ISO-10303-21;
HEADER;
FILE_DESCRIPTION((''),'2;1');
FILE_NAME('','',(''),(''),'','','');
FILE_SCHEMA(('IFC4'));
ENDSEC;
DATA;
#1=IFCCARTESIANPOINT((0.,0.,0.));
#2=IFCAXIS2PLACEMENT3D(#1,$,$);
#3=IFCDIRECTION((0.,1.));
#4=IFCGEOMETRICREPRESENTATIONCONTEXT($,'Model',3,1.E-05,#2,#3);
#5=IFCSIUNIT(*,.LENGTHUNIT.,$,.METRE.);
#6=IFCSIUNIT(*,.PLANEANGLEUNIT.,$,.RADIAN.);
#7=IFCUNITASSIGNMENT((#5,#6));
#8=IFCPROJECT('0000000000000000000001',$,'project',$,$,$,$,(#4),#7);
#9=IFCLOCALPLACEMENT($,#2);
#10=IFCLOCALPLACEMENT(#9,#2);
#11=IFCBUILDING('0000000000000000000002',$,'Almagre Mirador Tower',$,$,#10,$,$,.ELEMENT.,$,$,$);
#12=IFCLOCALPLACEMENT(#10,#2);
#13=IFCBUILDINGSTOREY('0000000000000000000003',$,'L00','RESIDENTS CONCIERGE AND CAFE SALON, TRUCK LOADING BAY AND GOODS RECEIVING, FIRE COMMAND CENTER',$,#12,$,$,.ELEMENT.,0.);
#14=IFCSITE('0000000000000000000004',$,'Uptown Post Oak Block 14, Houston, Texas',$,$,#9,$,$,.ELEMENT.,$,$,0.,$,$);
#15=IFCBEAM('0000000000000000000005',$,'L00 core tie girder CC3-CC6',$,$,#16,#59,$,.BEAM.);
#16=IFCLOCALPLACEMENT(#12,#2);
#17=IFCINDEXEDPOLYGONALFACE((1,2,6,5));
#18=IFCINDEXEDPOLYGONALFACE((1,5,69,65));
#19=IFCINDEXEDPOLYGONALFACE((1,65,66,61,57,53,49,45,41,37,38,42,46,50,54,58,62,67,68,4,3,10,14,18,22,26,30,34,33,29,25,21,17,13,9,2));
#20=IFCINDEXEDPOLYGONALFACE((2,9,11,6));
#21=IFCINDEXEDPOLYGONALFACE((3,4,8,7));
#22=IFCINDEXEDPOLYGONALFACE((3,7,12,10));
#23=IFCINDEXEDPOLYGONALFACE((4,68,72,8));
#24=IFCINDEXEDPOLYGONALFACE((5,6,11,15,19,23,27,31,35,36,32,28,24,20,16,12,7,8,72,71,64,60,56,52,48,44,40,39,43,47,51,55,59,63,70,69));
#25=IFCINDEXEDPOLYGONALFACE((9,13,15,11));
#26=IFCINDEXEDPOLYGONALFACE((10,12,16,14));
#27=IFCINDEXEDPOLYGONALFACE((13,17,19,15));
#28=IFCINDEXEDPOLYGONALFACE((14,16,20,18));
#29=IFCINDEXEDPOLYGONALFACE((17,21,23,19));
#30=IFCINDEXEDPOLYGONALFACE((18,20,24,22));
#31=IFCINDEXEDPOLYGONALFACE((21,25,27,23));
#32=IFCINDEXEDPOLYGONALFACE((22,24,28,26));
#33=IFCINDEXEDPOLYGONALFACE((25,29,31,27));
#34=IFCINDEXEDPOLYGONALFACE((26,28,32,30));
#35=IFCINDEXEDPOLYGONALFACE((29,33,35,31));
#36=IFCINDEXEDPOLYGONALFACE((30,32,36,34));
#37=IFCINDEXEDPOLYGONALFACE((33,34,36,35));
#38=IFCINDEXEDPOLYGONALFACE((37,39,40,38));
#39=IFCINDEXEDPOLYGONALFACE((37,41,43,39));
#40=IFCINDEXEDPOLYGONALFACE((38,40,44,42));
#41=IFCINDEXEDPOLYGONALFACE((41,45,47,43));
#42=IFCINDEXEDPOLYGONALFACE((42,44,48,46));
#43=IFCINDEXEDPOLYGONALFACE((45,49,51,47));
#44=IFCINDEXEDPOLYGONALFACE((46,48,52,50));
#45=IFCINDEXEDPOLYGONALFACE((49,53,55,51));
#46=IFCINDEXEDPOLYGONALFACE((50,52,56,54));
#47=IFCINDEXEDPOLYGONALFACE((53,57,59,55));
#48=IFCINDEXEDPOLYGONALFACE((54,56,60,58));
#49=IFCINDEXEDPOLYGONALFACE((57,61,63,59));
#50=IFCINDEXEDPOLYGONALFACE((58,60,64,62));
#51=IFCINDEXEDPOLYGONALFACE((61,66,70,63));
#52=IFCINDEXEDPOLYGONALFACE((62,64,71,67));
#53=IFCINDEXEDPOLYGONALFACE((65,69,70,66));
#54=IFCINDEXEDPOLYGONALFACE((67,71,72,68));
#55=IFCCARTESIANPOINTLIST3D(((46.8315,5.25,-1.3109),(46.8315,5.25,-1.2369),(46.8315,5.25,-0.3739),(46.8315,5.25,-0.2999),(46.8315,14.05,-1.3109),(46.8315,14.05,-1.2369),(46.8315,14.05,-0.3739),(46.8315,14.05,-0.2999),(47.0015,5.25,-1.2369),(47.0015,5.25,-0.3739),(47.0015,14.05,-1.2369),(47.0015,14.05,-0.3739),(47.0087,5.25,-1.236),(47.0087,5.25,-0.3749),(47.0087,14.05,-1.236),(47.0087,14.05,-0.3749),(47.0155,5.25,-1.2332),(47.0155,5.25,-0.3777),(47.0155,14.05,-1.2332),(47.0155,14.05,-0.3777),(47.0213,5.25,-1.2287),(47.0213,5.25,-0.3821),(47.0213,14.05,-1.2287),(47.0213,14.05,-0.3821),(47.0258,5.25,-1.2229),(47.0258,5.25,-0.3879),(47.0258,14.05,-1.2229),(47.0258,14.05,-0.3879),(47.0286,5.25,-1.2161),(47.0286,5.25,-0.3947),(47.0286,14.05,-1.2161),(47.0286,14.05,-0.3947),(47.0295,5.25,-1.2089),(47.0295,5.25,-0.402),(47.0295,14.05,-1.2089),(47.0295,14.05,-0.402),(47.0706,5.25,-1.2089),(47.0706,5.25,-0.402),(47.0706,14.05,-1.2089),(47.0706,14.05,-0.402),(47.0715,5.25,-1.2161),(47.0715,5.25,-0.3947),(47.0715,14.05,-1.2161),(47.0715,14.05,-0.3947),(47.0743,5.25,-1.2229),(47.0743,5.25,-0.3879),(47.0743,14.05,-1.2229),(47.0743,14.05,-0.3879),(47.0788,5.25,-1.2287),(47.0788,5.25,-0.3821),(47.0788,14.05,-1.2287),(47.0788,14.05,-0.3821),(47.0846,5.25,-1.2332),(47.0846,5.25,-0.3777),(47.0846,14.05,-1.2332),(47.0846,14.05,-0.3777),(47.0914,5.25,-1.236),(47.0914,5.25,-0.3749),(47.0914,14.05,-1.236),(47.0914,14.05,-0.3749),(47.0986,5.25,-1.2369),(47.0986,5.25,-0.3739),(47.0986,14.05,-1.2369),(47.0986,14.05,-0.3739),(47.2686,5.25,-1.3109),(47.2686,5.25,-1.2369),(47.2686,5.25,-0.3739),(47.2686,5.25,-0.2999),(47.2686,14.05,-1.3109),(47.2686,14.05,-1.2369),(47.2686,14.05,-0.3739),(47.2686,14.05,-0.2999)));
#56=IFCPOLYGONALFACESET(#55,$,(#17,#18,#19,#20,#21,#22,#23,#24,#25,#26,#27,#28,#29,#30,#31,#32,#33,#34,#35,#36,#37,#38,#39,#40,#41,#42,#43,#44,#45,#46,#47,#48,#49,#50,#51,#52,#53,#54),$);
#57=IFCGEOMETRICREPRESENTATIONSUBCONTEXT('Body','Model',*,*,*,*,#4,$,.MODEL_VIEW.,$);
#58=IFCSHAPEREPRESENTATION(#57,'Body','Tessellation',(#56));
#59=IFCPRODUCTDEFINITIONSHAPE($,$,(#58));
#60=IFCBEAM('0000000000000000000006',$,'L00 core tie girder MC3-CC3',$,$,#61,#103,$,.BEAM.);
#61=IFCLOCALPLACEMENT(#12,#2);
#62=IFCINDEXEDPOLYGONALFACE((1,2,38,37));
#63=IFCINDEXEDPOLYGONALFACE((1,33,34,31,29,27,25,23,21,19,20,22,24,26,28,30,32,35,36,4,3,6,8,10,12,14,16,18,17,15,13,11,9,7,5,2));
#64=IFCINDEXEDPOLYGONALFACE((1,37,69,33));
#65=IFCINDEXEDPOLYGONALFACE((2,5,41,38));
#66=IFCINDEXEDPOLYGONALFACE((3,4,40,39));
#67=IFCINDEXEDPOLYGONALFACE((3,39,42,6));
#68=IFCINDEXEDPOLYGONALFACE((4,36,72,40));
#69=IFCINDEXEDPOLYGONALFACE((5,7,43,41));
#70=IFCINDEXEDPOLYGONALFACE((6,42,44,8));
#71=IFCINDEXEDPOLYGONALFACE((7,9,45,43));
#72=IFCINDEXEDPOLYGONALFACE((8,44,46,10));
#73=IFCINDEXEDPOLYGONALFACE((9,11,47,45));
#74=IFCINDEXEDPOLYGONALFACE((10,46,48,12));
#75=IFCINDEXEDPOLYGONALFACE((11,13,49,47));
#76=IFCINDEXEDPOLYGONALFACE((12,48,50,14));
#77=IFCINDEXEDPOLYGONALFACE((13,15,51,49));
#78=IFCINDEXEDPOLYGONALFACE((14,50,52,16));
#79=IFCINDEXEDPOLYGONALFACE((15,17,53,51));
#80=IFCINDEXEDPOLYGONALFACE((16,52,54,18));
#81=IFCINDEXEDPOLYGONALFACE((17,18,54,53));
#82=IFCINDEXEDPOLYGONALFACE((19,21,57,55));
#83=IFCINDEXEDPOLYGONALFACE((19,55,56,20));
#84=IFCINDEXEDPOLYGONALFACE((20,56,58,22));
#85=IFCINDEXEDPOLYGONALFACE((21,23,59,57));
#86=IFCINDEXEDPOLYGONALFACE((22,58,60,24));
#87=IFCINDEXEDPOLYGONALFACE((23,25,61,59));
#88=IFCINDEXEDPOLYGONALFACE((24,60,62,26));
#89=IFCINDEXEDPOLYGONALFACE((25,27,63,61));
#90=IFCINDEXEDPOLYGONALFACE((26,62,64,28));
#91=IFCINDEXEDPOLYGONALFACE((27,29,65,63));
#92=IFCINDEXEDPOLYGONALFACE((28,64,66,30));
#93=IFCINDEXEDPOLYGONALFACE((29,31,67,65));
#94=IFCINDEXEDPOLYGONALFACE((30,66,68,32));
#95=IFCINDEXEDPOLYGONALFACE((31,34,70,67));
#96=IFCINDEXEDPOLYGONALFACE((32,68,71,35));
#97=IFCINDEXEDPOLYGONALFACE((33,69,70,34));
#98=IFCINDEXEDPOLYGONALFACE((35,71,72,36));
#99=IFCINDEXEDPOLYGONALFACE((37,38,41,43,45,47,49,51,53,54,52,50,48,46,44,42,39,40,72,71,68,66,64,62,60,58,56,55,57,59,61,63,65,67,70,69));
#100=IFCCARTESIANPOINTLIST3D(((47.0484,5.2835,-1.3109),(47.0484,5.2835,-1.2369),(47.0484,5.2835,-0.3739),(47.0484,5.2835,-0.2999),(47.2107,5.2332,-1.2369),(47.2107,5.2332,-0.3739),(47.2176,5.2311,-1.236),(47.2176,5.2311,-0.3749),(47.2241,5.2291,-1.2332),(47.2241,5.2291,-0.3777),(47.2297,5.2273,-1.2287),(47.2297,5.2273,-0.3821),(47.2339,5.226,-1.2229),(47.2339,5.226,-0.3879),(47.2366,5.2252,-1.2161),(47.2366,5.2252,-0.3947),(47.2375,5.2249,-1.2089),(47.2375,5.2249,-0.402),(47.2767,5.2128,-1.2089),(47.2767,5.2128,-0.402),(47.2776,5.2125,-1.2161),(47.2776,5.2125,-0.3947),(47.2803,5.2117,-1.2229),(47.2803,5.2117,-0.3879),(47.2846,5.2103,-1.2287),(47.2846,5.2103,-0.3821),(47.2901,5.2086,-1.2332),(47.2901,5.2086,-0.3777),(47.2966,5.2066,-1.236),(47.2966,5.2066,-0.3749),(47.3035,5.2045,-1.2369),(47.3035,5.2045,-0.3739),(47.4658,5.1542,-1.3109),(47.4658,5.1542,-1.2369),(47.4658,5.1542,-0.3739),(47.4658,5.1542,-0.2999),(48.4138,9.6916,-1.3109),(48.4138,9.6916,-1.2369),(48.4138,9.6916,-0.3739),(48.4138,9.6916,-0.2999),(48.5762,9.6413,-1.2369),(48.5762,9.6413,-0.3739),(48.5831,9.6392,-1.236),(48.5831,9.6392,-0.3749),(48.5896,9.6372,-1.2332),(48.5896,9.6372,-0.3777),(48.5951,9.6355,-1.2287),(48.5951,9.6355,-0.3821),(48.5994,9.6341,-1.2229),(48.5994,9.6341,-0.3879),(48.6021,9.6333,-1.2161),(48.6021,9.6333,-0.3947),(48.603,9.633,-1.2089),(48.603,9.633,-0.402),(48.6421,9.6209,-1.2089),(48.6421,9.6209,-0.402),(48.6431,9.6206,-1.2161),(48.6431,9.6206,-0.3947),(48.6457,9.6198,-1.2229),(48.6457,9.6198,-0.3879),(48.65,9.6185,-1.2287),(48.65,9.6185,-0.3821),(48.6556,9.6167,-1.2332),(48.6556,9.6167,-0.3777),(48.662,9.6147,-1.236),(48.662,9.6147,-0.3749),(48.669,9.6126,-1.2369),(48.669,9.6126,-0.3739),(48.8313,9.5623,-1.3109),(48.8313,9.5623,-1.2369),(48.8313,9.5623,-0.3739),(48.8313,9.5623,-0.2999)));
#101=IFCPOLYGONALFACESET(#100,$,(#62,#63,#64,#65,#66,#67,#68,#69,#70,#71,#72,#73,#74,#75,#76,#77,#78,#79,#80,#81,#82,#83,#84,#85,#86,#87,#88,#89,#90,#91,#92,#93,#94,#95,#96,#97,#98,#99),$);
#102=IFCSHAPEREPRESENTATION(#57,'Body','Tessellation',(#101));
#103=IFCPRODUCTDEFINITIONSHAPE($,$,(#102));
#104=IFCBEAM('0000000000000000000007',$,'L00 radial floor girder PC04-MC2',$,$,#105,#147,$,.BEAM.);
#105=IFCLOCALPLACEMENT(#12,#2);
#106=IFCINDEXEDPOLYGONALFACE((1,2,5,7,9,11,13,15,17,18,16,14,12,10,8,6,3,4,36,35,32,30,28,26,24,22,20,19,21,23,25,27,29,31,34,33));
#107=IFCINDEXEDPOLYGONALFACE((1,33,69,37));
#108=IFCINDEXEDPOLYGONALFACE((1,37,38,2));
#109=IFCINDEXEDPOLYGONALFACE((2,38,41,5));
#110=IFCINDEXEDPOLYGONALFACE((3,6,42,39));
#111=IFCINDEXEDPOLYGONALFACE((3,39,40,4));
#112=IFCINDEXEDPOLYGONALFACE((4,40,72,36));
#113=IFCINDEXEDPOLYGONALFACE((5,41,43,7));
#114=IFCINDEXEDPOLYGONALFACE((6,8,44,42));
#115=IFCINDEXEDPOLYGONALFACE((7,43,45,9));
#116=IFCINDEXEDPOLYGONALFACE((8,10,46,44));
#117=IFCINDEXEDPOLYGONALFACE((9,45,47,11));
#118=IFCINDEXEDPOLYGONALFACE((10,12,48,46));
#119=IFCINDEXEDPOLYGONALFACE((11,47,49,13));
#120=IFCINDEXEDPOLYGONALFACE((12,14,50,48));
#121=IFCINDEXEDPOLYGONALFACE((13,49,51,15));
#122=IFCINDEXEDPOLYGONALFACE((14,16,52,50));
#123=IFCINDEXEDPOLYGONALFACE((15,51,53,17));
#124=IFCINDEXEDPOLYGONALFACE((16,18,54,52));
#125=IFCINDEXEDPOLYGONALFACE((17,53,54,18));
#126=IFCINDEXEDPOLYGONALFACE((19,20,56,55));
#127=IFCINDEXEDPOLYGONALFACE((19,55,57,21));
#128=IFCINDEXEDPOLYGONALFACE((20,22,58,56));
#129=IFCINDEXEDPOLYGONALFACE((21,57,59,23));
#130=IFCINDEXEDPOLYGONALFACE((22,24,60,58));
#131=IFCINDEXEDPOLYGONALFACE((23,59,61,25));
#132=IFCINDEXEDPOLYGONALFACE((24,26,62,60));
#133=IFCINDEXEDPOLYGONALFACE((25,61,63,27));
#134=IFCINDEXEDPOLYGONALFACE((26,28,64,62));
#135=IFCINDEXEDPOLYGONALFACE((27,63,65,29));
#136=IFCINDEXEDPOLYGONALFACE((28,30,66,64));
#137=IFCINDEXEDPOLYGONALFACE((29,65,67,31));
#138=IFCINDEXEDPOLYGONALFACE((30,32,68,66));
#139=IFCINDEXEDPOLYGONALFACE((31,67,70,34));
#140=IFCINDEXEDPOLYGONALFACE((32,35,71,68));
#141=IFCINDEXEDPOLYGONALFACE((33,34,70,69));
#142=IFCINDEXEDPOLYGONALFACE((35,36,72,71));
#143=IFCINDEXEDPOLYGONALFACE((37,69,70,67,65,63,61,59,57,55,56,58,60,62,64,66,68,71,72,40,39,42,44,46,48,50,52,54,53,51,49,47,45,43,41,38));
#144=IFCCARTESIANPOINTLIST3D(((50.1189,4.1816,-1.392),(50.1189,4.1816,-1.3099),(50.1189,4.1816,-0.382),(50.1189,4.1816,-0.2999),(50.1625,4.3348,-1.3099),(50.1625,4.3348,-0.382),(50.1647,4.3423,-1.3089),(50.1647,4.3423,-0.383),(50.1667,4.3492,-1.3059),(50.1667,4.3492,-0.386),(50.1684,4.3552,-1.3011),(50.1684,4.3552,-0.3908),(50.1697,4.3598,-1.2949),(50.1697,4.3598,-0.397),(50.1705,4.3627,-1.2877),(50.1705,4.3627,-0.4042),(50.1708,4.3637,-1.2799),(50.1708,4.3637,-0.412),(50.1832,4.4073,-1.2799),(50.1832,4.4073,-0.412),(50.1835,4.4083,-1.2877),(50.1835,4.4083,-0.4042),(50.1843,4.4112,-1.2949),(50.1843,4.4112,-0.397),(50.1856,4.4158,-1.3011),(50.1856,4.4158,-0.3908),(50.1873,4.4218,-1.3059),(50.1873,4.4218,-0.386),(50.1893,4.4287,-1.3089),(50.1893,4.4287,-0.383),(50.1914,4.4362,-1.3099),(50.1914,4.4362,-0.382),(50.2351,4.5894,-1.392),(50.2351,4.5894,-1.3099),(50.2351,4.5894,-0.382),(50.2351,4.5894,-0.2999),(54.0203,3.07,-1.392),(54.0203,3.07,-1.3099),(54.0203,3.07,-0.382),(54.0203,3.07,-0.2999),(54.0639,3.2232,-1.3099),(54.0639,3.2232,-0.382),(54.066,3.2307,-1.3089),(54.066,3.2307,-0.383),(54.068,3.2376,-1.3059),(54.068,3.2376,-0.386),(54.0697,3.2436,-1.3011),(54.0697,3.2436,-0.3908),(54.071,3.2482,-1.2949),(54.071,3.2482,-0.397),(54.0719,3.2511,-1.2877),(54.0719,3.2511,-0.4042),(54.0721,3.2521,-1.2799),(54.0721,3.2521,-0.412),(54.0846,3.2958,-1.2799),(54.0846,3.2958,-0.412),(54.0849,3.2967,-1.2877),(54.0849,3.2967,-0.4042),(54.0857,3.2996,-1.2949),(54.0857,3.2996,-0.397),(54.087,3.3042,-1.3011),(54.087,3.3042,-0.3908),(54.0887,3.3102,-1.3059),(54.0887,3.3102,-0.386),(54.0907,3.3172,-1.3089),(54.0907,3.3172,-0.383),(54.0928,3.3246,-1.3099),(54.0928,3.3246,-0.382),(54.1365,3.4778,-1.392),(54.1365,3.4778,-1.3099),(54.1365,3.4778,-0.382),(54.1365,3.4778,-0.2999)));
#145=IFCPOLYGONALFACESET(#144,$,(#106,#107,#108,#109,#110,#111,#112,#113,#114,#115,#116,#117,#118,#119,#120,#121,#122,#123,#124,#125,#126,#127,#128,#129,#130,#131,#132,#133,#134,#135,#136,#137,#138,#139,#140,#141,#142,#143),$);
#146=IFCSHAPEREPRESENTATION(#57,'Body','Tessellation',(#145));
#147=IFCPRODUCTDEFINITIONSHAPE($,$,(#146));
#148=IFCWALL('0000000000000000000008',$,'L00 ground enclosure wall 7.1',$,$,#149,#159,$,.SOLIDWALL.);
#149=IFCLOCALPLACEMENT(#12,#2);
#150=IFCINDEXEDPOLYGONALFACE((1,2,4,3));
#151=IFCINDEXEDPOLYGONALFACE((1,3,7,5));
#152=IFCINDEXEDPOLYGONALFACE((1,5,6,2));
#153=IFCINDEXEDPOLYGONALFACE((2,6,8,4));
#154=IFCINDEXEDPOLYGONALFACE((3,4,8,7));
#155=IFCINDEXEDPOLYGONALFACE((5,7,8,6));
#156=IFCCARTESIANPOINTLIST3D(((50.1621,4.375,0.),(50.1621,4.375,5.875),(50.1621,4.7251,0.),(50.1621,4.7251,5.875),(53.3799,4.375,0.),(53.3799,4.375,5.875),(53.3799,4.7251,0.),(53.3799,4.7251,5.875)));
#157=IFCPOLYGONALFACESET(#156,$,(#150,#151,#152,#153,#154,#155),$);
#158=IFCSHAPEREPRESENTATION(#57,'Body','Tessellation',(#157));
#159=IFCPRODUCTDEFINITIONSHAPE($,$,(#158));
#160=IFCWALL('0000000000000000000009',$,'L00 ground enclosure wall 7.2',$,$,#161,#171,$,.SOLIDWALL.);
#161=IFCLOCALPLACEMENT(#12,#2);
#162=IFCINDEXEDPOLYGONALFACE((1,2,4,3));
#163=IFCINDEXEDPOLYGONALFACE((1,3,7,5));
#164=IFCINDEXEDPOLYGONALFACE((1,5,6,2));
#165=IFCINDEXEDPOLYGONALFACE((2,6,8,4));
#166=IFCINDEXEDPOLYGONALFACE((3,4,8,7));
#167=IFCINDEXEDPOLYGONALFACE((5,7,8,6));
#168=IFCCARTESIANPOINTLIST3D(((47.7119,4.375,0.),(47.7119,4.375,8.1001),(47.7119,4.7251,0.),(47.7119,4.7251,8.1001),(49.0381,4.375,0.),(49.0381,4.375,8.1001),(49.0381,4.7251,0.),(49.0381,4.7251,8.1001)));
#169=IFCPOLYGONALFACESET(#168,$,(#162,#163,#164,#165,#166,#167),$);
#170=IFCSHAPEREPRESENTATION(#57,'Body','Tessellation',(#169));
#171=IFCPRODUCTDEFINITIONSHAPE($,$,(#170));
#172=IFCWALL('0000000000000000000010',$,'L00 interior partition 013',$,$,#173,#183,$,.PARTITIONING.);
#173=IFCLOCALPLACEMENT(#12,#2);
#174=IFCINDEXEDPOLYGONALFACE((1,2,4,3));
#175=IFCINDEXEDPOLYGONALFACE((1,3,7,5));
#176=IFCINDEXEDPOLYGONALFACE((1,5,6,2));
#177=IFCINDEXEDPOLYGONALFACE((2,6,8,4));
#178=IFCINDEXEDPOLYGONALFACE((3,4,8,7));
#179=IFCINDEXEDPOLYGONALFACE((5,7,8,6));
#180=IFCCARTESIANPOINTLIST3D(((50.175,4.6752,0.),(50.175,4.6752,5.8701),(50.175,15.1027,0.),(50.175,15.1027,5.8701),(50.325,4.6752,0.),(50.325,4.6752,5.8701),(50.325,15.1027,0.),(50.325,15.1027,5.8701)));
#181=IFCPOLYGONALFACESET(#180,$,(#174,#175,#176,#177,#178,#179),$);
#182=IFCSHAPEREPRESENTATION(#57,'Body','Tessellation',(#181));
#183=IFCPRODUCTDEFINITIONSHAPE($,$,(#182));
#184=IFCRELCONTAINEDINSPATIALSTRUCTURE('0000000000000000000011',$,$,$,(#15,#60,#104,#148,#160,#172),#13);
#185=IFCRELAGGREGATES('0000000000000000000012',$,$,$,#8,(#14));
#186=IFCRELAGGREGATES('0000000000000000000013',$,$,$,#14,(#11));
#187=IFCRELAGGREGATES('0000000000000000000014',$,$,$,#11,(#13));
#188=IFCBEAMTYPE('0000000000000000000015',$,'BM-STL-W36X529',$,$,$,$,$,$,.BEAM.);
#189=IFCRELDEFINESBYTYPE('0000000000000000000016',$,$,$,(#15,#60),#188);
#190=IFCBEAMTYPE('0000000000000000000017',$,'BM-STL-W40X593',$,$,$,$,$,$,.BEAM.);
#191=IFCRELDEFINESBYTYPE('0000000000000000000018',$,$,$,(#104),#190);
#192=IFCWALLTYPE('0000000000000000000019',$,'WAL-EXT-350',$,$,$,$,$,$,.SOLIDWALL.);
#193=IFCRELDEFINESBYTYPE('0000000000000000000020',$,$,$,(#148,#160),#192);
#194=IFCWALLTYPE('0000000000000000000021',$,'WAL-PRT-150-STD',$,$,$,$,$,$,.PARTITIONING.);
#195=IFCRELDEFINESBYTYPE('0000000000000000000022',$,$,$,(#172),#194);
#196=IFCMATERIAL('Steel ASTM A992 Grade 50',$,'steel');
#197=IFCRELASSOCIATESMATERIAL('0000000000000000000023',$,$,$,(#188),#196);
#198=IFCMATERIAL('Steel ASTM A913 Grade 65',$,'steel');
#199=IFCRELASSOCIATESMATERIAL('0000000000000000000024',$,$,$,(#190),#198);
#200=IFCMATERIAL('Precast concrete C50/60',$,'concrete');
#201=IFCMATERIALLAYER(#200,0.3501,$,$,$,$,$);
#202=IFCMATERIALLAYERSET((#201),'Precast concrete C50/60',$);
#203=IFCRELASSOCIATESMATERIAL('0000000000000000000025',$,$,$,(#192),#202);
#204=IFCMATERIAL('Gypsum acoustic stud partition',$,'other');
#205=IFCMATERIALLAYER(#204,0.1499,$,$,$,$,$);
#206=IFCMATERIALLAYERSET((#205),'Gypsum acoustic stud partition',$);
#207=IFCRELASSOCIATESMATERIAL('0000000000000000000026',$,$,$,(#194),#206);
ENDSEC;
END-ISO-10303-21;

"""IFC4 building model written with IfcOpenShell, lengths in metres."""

from ifc_helpers import new_model, si_unit, direction, frame, frame_2d, origin, origin_2d, place, context, subcontext, project, spatial, rectangle, i_section, extrude, material, layer, layer_set, material_profile, profile_set, type_object, element, save


model = new_model("IFC4")

# Units and contexts
model_context = context("Model", 3, precision=1e-05, world=origin(), true_north=direction((0.0, 1.0)))
body_context = subcontext(model_context, "Body", "Model", "MODEL_VIEW")
ifc_project = project(units=[si_unit("LENGTHUNIT", "METRE"), si_unit("PLANEANGLEUNIT", "RADIAN")], contexts=[model_context])

# Site, building, storey
site_placement = place(None, origin())
site = spatial("IfcSite", under=ifc_project, at=site_placement, Name="Uptown Post Oak Block 14, Houston, Texas", CompositionType="ELEMENT", RefElevation=0.0)
building_placement = place(site_placement, origin())
building = spatial("IfcBuilding", under=site, at=building_placement, Name="Almagre Mirador Tower", CompositionType="ELEMENT")
storey_placement = place(building_placement, origin())
storey = spatial("IfcBuildingStorey", under=building, at=storey_placement, Name="L00", Description="RESIDENTS CONCIERGE AND CAFE SALON, TRUCK LOADING BAY AND GOODS RECEIVING, FIRE COMMAND CENTER", CompositionType="ELEMENT", Elevation=0.0)

# Beams
ifc_material_1 = material(Name="Steel ASTM A992 Grade 50", Category="steel")
ifc_material_profile_1 = material_profile(ifc_material_1, i_section(OverallWidth=0.437, OverallDepth=1.011, WebThickness=0.041, FlangeThickness=0.074, FilletRadius=0.0281, at=origin_2d()), Name="W36X529")
ifc_profile_set_1 = profile_set([ifc_material_profile_1], Name="Steel ASTM A992 Grade 50")
beam_type_1 = type_object("IfcBeamType", Name="BM-STL-W36X529", PredefinedType="BEAM", material=ifc_profile_set_1)
beam_1_placement = place(storey_placement, frame((47.05, 5.25, -0.8054), z_axis=(0.0, 1.0, 0.0), x_axis=(-1.0, 0.0, 0.0)))
element("IfcBeam", 1, at=beam_1_placement, inside=storey, type_object=beam_type_1, Name="L00 core tie girder CC3-CC6", PredefinedType="BEAM", context=body_context, shape_type="SweptSolid", body=[
    extrude(i_section(OverallWidth=0.437, OverallDepth=1.011, WebThickness=0.041, FlangeThickness=0.074, FilletRadius=0.0281, at=origin_2d()), origin(), (0.0, 0.0, 1.0), 8.8),
])
beam_2_placement = place(storey_placement, frame((48.6226, 9.627, -0.8054), z_axis=(-0.295888, -0.955223, 0.0), x_axis=(0.955223, -0.295888, 0.0)))
element("IfcBeam", 2, at=beam_2_placement, inside=storey, type_object=beam_type_1, Name="L00 core tie girder MC3-CC3", PredefinedType="BEAM", context=body_context, shape_type="SweptSolid", body=[
    extrude(i_section(OverallWidth=0.437, OverallDepth=1.011, WebThickness=0.041, FlangeThickness=0.074, FilletRadius=0.0281, at=origin_2d()), origin(), (0.0, 0.0, 1.0), 4.6147),
])
ifc_material_2 = material(Name="Steel ASTM A913 Grade 65", Category="steel")
ifc_material_profile_2 = material_profile(ifc_material_2, i_section(OverallWidth=0.4241, OverallDepth=1.092, WebThickness=0.0454, FlangeThickness=0.082, FilletRadius=0.03, at=origin_2d()), Name="W40X593")
ifc_profile_set_2 = profile_set([ifc_material_profile_2], Name="Steel ASTM A913 Grade 65")
beam_type_2 = type_object("IfcBeamType", Name="BM-STL-W40X593", PredefinedType="BEAM", material=ifc_profile_set_2)
beam_3_placement = place(storey_placement, frame((54.0784, 3.2739, -0.8459), z_axis=(-0.961726, 0.274014, 0.0), x_axis=(-0.274014, -0.961726, 0.0)))
element("IfcBeam", 3, at=beam_3_placement, inside=storey, type_object=beam_type_2, Name="L00 radial floor girder PC04-MC2", PredefinedType="BEAM", context=body_context, shape_type="SweptSolid", body=[
    extrude(i_section(OverallWidth=0.4241, OverallDepth=1.092, WebThickness=0.0454, FlangeThickness=0.082, FilletRadius=0.03, at=origin_2d()), origin(), (0.0, 0.0, 1.0), 4.0566),
])

# Walls
ifc_material_3 = material(Name="Precast concrete C50/60", Category="concrete")
ifc_layer_1 = layer(ifc_material_3, 0.3501)
ifc_layer_set_1 = layer_set([ifc_layer_1], Name="Precast concrete C50/60")
wall_type_1 = type_object("IfcWallType", Name="WAL-EXT-350", PredefinedType="SOLIDWALL", material=ifc_layer_set_1)
wall_1_placement = place(storey_placement, frame((53.3799, 4.55, 0.0), z_axis=(0.0, 0.0, 1.0), x_axis=(-1.0, 0.0, 0.0)))
element("IfcWall", 4, at=wall_1_placement, inside=storey, type_object=wall_type_1, Name="L00 ground enclosure wall 7.1", PredefinedType="SOLIDWALL", context=body_context, shape_type="SweptSolid", body=[
    extrude(rectangle(XDim=3.2178, YDim=0.3501, at=frame_2d((1.6089, 0.0))), origin(), (0.0, 0.0, 1.0), 5.875),
])
wall_2_placement = place(storey_placement, frame((49.0381, 4.55, 0.0), z_axis=(0.0, 0.0, 1.0), x_axis=(-1.0, 0.0, 0.0)))
element("IfcWall", 5, at=wall_2_placement, inside=storey, type_object=wall_type_1, Name="L00 ground enclosure wall 7.2", PredefinedType="SOLIDWALL", context=body_context, shape_type="SweptSolid", body=[
    extrude(rectangle(XDim=1.3262, YDim=0.3501, at=frame_2d((0.6631, 0.0))), origin(), (0.0, 0.0, 1.0), 8.1001),
])
ifc_material_4 = material(Name="Gypsum acoustic stud partition", Category="other")
ifc_layer_2 = layer(ifc_material_4, 0.1499)
ifc_layer_set_2 = layer_set([ifc_layer_2], Name="Gypsum acoustic stud partition")
wall_type_2 = type_object("IfcWallType", Name="WAL-PRT-150-STD", PredefinedType="PARTITIONING", material=ifc_layer_set_2)
wall_3_placement = place(storey_placement, frame((50.25, 4.675, 0.0), z_axis=(0.0, 0.0, 1.0), x_axis=(0.0, 1.0, 0.0)))
element("IfcWall", 6, at=wall_3_placement, inside=storey, type_object=wall_type_2, Name="L00 interior partition 013", PredefinedType="PARTITIONING", context=body_context, shape_type="SweptSolid", body=[
    extrude(rectangle(XDim=10.4275, YDim=0.1499, at=frame_2d((5.2139, 0.0))), origin(), (0.0, 0.0, 1.0), 5.8701),
])

save(model, "model.ifc")
